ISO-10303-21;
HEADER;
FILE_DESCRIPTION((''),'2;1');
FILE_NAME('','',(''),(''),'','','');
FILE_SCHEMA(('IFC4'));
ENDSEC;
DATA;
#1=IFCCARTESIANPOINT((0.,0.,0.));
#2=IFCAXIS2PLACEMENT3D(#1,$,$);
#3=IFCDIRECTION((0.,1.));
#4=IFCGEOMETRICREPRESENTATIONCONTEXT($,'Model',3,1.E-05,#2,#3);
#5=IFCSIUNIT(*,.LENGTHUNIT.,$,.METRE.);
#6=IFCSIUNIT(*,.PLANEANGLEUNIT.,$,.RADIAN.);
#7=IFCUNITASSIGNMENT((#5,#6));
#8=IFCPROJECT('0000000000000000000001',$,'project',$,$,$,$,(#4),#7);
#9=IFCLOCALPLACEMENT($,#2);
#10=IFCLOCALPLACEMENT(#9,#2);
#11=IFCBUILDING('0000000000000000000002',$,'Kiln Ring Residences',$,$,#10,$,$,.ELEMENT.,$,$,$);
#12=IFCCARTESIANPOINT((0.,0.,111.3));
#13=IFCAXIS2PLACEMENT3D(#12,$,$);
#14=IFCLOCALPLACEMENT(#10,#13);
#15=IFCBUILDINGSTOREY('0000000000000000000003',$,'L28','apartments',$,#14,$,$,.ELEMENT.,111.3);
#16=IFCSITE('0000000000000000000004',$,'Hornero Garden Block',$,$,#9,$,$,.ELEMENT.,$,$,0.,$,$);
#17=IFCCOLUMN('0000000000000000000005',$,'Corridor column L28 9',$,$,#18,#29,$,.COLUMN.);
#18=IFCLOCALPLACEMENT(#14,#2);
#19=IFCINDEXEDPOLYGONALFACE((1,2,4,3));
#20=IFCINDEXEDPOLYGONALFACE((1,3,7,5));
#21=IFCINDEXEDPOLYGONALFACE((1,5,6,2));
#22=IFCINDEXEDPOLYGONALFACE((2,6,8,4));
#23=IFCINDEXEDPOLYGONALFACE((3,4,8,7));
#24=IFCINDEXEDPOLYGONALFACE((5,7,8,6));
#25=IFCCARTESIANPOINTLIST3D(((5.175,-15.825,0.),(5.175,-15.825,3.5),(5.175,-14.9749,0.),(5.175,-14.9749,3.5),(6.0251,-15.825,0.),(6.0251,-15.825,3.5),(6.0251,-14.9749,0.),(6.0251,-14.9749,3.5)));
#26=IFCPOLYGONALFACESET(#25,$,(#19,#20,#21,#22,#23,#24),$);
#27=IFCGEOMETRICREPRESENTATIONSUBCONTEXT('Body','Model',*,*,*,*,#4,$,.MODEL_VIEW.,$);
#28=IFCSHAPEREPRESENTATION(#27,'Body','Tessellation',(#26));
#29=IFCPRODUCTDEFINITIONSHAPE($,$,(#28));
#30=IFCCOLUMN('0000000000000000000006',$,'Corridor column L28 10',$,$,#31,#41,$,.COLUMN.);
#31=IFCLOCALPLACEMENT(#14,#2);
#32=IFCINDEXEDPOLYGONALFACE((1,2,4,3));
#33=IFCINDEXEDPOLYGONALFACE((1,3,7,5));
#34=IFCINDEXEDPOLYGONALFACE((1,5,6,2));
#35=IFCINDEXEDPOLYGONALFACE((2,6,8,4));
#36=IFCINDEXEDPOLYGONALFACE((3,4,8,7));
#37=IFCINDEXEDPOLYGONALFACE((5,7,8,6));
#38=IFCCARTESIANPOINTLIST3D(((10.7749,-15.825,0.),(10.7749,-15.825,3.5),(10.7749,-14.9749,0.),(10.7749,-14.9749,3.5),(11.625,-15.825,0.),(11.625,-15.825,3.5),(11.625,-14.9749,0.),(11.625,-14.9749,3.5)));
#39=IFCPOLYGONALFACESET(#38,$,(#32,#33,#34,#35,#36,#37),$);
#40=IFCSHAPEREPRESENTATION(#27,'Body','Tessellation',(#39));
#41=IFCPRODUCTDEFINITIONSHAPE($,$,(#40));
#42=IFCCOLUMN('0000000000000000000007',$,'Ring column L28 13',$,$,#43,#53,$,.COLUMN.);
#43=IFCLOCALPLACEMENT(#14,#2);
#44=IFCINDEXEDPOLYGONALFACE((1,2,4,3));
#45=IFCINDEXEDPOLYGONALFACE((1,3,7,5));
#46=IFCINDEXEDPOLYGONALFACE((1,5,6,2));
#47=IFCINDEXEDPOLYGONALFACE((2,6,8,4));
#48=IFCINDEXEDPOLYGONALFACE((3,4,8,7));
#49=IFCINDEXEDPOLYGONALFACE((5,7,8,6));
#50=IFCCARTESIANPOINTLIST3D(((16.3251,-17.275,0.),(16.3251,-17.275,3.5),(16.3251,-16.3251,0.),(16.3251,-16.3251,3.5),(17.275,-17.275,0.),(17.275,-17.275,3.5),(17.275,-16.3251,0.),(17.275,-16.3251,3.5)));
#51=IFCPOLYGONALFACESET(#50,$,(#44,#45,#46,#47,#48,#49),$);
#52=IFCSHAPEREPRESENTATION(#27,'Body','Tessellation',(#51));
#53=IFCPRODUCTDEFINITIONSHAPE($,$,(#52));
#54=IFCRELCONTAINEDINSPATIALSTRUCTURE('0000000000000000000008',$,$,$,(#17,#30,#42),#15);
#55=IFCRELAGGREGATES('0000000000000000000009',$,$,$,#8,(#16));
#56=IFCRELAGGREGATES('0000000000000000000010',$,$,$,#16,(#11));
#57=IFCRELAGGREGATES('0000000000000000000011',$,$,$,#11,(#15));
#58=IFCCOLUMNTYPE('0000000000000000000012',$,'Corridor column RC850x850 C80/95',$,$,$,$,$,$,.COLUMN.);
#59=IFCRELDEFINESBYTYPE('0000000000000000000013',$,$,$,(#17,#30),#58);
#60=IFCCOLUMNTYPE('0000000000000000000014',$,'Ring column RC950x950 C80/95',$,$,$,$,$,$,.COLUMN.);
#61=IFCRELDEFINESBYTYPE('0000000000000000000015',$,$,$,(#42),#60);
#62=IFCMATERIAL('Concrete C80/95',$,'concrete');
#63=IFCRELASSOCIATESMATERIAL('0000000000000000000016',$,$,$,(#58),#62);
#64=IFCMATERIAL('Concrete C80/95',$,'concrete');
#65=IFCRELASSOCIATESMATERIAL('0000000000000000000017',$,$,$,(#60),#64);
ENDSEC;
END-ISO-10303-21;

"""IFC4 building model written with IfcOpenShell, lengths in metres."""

from ifc_helpers import new_model, si_unit, direction, frame, origin, origin_2d, place, context, subcontext, project, spatial, rectangle, extrude, material, material_profile, profile_set, type_object, element, save


model = new_model("IFC4")

# Units and contexts
model_context = context("Model", 3, precision=1e-05, world=origin(), true_north=direction((0.0, 1.0)))
body_context = subcontext(model_context, "Body", "Model", "MODEL_VIEW")
ifc_project = project(units=[si_unit("LENGTHUNIT", "METRE"), si_unit("PLANEANGLEUNIT", "RADIAN")], contexts=[model_context])

# Site, building, storey
site_placement = place(None, origin())
site = spatial("IfcSite", under=ifc_project, at=site_placement, Name="Hornero Garden Block", CompositionType="ELEMENT", RefElevation=0.0)
building_placement = place(site_placement, origin())
building = spatial("IfcBuilding", under=site, at=building_placement, Name="Kiln Ring Residences", CompositionType="ELEMENT")
storey_placement = place(building_placement, frame((0.0, 0.0, 111.3)))
storey = spatial("IfcBuildingStorey", under=building, at=storey_placement, Name="L28", Description="apartments", CompositionType="ELEMENT", Elevation=111.3)

# Columns
ifc_material_1 = material(Name="Concrete C80/95", Category="concrete")
ifc_material_profile_1 = material_profile(ifc_material_1, rectangle(XDim=0.8501, YDim=0.8501, at=origin_2d()), Name="RC850x850")
ifc_profile_set_1 = profile_set([ifc_material_profile_1], Name="Concrete C80/95")
column_type_1 = type_object("IfcColumnType", Name="Corridor column RC850x850 C80/95", PredefinedType="COLUMN", material=ifc_profile_set_1)
for number, where, z_axis, x_axis, name in (
    (1, (5.6001, -15.3999, 0.0), (0.0, 0.0, 1.0), (1.0, 0.0, 0.0), "Corridor column L28 9"),
    (2, (11.2, -15.3999, 0.0), (0.0, 0.0, 1.0), (1.0, 0.0, 0.0), "Corridor column L28 10"),
):
    element("IfcColumn", number, at=place(storey_placement, frame(where, z_axis=z_axis, x_axis=x_axis)), inside=storey, type_object=column_type_1, Name=name, PredefinedType="COLUMN", context=body_context, shape_type="SweptSolid", body=[
        extrude(rectangle(XDim=0.8501, YDim=0.8501, at=origin_2d()), origin(), (0.0, 0.0, 1.0), 3.5),
    ])
ifc_material_2 = material(Name="Concrete C80/95", Category="concrete")
ifc_material_profile_2 = material_profile(ifc_material_2, rectangle(XDim=0.95, YDim=0.95, at=origin_2d()), Name="RC950x950")
ifc_profile_set_2 = profile_set([ifc_material_profile_2], Name="Concrete C80/95")
column_type_2 = type_object("IfcColumnType", Name="Ring column RC950x950 C80/95", PredefinedType="COLUMN", material=ifc_profile_set_2)
column_placement = place(storey_placement, frame((16.8, -16.8, 0.0), z_axis=(0.0, 0.0, 1.0), x_axis=(1.0, 0.0, 0.0)))
element("IfcColumn", 3, at=column_placement, inside=storey, type_object=column_type_2, Name="Ring column L28 13", PredefinedType="COLUMN", context=body_context, shape_type="SweptSolid", body=[
    extrude(rectangle(XDim=0.95, YDim=0.95, at=origin_2d()), origin(), (0.0, 0.0, 1.0), 3.5),
])

save(model, "model.ifc")
